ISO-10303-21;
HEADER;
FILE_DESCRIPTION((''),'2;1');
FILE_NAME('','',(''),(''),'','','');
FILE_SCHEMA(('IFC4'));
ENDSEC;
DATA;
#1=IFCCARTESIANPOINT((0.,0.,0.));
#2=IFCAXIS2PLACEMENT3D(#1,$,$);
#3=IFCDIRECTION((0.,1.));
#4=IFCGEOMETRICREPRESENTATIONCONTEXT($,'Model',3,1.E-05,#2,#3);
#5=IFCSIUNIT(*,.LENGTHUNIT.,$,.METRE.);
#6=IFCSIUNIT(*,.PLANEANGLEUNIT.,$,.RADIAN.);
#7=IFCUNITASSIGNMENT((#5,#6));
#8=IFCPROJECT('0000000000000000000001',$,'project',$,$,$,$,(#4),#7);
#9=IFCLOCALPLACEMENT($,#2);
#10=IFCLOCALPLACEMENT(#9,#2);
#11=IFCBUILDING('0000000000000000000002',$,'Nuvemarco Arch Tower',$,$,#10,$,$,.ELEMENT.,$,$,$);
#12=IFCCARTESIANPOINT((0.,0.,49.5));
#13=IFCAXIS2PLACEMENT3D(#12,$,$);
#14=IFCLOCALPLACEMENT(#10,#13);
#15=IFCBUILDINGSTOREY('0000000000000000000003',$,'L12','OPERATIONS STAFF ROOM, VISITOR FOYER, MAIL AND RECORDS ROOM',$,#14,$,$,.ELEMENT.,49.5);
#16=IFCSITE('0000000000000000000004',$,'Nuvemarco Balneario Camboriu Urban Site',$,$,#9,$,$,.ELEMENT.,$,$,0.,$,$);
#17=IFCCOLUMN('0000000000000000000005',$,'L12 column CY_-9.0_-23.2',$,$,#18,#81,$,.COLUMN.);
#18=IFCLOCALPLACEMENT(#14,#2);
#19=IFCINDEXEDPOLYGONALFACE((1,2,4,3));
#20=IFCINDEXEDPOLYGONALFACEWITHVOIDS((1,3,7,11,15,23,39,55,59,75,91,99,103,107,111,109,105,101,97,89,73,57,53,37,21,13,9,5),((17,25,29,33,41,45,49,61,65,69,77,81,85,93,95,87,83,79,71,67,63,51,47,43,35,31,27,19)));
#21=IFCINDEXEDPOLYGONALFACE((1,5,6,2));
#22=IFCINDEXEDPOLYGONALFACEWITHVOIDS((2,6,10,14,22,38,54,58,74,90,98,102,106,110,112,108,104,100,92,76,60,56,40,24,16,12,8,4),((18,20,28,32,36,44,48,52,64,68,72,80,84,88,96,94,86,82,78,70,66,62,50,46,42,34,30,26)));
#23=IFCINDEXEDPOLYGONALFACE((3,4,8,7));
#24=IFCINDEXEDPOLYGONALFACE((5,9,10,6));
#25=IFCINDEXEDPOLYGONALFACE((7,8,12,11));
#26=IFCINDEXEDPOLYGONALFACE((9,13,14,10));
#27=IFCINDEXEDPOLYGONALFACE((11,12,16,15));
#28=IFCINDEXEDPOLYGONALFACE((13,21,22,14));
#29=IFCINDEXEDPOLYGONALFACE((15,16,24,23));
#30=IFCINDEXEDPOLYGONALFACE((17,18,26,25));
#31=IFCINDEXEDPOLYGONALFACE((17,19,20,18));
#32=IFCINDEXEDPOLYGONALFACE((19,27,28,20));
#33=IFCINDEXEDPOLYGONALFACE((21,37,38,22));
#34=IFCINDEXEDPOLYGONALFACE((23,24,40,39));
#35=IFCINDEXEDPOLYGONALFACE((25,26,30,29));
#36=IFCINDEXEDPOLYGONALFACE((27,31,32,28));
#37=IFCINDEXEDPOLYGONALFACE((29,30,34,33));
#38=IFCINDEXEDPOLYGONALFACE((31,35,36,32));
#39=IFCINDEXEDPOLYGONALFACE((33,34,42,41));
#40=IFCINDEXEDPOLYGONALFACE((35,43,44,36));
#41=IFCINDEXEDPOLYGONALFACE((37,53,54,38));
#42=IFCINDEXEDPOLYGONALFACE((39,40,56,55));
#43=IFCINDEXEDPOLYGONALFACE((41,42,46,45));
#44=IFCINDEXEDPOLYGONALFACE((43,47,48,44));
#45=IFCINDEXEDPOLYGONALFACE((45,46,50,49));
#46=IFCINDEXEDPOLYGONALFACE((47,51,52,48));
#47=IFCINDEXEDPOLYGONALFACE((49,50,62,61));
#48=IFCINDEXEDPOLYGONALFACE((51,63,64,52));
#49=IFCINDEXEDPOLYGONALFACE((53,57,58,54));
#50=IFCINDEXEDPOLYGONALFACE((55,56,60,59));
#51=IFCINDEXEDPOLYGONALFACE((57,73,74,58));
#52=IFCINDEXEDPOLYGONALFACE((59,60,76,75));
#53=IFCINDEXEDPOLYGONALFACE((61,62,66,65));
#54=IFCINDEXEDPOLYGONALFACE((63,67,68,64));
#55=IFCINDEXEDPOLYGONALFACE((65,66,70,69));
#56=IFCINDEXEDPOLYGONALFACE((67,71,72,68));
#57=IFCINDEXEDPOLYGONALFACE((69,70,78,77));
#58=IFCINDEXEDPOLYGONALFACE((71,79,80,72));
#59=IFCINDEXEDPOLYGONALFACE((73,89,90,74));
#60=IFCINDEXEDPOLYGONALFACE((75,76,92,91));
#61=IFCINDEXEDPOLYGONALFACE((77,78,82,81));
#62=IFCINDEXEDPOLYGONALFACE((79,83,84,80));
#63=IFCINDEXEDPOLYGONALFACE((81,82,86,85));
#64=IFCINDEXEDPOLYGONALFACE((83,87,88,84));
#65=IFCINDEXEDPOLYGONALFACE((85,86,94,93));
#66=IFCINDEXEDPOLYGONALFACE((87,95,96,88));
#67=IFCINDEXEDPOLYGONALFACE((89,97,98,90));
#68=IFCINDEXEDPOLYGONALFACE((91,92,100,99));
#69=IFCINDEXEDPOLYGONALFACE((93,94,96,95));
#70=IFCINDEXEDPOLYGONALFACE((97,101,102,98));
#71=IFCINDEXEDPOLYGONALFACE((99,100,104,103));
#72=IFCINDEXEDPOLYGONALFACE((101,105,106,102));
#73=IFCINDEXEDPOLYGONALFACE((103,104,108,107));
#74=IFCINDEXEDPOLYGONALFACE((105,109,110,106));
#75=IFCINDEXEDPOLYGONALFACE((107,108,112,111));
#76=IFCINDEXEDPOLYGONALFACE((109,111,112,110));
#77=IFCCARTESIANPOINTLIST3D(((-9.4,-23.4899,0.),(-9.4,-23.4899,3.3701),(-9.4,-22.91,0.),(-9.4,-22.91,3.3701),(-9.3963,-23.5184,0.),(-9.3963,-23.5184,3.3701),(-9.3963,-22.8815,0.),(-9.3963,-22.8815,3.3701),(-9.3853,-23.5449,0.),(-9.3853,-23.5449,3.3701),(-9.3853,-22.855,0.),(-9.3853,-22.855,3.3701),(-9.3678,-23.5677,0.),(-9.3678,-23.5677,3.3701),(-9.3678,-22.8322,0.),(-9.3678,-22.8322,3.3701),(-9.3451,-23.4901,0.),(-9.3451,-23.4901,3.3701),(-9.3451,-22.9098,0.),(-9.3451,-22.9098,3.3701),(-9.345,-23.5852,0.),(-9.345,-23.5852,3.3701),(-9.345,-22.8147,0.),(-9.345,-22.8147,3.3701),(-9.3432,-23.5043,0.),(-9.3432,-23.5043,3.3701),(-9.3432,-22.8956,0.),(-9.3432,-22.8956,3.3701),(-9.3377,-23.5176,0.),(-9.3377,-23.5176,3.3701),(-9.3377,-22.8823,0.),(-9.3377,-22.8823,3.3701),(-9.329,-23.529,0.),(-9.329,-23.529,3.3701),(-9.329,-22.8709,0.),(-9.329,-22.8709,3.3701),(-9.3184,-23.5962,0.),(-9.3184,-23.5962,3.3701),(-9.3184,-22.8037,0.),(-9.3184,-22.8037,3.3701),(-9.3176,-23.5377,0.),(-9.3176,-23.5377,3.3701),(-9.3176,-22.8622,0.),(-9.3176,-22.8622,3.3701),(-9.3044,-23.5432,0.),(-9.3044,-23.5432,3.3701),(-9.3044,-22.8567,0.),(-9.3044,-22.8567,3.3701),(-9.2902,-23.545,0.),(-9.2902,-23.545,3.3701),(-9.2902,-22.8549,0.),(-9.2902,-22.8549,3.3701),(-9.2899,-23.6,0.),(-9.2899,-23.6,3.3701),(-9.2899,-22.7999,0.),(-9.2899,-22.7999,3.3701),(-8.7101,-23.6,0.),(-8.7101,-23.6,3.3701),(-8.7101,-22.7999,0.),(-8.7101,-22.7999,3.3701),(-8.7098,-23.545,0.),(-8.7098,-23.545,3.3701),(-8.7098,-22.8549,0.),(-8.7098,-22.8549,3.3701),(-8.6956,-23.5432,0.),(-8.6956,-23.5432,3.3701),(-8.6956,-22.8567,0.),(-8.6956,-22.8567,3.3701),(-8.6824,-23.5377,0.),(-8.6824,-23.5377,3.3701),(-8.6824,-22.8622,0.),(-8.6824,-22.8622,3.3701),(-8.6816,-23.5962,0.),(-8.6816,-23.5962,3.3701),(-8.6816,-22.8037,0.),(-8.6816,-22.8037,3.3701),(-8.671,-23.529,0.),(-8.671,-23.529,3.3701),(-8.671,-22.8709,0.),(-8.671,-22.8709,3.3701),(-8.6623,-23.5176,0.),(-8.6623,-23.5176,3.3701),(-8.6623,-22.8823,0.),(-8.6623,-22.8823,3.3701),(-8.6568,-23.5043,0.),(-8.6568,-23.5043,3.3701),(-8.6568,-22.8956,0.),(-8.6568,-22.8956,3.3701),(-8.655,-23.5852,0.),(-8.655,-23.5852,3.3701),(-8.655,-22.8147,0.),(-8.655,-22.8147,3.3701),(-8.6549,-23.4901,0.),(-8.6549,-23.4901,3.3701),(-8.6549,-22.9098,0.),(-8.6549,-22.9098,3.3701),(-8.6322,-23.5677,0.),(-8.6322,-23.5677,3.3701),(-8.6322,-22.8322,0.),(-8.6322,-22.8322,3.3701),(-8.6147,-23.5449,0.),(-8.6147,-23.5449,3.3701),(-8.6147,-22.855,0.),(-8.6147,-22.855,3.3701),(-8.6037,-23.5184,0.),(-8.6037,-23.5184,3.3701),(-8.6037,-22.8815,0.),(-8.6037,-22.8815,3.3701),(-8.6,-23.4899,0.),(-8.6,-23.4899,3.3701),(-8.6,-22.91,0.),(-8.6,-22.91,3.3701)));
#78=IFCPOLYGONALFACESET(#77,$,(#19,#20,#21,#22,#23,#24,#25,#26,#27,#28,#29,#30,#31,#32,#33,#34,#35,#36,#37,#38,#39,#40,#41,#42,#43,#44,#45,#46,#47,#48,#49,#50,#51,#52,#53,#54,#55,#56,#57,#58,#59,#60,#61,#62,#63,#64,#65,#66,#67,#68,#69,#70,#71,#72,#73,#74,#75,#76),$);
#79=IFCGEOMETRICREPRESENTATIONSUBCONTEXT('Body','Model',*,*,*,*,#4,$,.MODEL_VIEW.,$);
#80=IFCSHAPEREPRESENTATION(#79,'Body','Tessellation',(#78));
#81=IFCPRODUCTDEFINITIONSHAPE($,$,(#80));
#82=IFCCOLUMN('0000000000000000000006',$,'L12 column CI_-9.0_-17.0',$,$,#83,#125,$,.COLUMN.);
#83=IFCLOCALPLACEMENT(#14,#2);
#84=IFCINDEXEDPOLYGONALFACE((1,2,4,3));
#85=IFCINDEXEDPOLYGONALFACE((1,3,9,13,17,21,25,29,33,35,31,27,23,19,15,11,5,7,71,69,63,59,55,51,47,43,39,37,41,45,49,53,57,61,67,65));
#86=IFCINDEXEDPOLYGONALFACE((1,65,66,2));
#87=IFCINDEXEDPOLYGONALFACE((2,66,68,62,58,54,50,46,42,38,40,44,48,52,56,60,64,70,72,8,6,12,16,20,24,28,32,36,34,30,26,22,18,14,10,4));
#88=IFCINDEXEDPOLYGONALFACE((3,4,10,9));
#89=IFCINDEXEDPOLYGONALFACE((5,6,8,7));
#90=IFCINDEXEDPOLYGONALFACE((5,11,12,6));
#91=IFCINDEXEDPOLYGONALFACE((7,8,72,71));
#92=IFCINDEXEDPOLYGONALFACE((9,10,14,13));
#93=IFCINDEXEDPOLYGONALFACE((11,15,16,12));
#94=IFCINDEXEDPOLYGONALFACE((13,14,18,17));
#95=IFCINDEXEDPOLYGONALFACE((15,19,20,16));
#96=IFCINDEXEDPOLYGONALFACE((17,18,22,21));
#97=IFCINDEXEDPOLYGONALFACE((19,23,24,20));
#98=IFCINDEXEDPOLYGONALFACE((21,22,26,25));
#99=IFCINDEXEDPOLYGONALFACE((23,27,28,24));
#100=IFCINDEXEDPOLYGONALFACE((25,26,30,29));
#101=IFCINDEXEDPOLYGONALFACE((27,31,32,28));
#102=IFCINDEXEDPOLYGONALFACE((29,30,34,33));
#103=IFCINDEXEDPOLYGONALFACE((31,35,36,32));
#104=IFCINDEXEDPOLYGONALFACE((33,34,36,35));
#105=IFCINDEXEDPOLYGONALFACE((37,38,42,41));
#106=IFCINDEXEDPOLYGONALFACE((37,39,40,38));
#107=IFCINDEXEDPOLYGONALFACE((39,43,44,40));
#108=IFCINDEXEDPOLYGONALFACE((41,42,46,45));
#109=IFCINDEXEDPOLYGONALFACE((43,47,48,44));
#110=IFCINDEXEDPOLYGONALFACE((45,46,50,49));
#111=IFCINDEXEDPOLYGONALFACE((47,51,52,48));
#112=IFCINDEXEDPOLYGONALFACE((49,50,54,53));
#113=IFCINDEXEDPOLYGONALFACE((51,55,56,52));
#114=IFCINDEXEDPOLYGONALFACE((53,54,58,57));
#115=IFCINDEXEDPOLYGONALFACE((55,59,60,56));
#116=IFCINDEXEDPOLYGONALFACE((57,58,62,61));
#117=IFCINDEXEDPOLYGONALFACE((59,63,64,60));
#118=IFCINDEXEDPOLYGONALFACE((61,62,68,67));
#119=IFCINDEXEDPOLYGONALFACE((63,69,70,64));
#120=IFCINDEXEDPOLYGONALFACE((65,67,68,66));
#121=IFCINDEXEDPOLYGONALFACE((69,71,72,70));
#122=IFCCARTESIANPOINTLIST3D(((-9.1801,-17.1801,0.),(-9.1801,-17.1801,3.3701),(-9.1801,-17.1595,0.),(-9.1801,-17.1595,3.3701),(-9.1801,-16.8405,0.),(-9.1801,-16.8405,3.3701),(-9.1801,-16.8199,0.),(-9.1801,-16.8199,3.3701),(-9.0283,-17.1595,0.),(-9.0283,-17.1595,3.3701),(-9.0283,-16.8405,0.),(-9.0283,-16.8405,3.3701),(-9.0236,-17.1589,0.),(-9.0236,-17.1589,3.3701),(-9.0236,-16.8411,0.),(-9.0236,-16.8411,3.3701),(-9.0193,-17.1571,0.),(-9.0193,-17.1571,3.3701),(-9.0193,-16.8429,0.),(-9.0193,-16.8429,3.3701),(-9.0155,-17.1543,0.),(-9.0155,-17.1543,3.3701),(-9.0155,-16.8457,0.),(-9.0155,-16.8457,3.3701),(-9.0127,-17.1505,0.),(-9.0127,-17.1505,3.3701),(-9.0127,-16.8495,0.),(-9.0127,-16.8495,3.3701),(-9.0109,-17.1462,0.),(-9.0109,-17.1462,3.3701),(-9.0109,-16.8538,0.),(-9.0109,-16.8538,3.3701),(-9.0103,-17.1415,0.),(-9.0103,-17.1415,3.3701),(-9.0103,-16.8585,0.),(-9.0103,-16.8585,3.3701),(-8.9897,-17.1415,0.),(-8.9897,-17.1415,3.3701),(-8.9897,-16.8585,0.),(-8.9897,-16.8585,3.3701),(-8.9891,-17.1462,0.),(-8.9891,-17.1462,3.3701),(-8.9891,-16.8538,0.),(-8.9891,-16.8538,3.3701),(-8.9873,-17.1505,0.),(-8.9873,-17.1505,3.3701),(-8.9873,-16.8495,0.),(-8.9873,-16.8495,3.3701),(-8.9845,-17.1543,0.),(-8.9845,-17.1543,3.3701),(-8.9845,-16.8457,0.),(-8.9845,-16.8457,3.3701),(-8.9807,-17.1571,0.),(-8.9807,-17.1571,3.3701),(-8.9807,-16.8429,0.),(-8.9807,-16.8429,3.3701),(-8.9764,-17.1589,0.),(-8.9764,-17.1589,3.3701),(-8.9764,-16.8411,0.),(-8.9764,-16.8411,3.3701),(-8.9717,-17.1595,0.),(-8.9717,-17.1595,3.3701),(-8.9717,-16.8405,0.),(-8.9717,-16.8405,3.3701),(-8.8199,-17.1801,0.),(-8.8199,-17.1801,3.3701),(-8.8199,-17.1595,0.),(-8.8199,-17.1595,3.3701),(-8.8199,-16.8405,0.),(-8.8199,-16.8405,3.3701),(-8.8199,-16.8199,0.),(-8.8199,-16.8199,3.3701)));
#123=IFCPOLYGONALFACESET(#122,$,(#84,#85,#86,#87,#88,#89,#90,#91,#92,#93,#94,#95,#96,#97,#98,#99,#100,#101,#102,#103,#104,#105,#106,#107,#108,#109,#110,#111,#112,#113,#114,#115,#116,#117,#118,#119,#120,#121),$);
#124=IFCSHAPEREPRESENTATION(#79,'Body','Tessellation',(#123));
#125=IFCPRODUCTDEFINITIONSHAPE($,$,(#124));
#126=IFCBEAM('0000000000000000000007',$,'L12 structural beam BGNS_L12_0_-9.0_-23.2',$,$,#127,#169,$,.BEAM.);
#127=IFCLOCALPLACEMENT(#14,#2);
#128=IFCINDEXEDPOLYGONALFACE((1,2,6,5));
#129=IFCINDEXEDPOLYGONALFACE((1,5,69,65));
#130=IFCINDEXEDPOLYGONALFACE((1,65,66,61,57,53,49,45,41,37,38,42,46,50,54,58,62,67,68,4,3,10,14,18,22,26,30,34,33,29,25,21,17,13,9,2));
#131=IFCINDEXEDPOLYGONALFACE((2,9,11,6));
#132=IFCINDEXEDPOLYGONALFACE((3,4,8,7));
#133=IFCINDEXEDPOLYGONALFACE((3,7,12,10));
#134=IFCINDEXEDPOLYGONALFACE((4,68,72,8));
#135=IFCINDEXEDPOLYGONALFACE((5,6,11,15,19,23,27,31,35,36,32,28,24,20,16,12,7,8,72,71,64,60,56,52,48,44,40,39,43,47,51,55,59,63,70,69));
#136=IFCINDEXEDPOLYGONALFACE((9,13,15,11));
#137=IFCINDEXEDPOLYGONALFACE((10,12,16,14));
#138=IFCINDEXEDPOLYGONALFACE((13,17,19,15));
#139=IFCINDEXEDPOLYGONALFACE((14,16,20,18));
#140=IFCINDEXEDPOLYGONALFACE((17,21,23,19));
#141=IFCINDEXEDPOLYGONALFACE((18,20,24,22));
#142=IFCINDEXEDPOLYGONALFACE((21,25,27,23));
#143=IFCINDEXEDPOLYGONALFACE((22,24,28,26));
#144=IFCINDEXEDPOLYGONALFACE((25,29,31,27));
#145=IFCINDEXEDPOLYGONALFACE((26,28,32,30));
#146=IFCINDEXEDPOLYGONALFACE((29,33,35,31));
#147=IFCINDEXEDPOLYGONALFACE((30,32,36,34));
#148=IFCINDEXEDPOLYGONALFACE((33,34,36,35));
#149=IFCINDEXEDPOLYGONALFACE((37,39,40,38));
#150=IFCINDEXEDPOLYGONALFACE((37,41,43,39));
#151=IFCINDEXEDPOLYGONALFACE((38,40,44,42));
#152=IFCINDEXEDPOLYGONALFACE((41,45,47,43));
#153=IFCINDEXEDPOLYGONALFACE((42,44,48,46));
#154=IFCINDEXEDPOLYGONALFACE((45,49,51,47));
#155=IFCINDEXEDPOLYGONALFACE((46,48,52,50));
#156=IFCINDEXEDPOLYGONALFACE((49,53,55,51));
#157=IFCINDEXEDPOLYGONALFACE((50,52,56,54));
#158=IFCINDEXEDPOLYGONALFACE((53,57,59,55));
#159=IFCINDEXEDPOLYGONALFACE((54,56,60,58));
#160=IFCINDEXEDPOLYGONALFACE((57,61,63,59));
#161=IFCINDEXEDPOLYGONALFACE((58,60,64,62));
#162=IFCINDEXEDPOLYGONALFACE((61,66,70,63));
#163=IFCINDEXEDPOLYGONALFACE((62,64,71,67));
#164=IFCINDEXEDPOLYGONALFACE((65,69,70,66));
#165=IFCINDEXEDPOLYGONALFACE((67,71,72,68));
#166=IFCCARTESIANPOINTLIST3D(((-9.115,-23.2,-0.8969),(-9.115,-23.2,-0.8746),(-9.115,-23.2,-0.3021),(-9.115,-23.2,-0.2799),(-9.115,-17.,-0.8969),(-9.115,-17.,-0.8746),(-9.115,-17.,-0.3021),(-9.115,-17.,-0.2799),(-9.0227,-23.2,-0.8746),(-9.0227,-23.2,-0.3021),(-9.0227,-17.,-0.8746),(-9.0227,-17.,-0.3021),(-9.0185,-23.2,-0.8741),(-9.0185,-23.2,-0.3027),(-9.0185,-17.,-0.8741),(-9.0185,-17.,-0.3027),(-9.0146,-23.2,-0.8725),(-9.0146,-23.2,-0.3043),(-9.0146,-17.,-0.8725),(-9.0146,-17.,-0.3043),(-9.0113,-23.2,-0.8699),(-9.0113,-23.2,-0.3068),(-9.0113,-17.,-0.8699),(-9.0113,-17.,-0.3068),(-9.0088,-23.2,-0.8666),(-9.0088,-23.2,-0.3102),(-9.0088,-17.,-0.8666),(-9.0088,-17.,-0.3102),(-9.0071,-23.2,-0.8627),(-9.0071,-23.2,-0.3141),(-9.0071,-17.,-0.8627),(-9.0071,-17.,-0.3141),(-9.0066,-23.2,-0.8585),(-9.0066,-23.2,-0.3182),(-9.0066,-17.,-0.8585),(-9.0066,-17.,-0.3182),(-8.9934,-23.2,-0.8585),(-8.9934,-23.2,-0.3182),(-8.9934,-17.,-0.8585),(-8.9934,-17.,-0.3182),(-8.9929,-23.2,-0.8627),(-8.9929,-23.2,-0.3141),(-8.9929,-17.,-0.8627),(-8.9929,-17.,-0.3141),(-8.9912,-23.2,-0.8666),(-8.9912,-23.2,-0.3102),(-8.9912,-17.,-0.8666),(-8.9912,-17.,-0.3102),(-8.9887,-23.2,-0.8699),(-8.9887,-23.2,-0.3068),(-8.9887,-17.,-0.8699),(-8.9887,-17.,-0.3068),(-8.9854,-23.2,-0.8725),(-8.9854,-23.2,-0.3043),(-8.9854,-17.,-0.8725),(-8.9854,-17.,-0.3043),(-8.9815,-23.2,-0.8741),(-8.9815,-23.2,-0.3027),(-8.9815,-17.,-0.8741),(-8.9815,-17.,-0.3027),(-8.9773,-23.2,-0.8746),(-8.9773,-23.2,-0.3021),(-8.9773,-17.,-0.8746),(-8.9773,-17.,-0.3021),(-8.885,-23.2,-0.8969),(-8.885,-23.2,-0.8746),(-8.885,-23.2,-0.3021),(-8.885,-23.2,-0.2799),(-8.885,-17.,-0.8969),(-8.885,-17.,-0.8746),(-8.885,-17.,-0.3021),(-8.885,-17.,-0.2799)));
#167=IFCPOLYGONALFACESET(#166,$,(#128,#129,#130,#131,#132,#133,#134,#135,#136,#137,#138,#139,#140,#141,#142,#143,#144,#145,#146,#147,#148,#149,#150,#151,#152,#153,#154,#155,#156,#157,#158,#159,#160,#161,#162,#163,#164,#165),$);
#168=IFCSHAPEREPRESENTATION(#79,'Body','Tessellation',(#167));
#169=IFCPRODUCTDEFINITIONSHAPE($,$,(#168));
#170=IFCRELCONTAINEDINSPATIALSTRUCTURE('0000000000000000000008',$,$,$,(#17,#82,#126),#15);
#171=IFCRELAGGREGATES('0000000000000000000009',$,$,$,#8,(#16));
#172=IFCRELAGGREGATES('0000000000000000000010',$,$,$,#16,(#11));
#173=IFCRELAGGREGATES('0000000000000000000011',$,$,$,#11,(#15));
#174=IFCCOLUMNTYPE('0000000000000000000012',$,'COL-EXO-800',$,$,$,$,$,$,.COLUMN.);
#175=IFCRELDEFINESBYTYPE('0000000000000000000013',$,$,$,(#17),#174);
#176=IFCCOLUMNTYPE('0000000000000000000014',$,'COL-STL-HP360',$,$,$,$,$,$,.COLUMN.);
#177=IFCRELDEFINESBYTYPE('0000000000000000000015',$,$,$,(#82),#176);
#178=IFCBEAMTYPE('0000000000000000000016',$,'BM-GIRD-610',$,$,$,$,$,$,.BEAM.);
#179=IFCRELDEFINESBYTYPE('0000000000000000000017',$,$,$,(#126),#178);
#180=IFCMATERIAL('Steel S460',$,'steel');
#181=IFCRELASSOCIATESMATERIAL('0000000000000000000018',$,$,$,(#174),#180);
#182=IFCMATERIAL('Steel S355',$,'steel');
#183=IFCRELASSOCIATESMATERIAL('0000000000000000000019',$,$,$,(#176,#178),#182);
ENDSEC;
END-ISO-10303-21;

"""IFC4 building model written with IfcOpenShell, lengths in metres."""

from ifc_helpers import new_model, si_unit, direction, frame, origin, origin_2d, place, context, subcontext, project, spatial, hollow_rectangle, i_section, extrude, material, material_profile, profile_set, type_object, element, save


model = new_model("IFC4")

# Units and contexts
model_context = context("Model", 3, precision=1e-05, world=origin(), true_north=direction((0.0, 1.0)))
body_context = subcontext(model_context, "Body", "Model", "MODEL_VIEW")
ifc_project = project(units=[si_unit("LENGTHUNIT", "METRE"), si_unit("PLANEANGLEUNIT", "RADIAN")], contexts=[model_context])

# Site, building, storey
site_placement = place(None, origin())
site = spatial("IfcSite", under=ifc_project, at=site_placement, Name="Nuvemarco Balneario Camboriu Urban Site", CompositionType="ELEMENT", RefElevation=0.0)
building_placement = place(site_placement, origin())
building = spatial("IfcBuilding", under=site, at=building_placement, Name="Nuvemarco Arch Tower", CompositionType="ELEMENT")
storey_placement = place(building_placement, frame((0.0, 0.0, 49.5)))
storey = spatial("IfcBuildingStorey", under=building, at=storey_placement, Name="L12", Description="OPERATIONS STAFF ROOM, VISITOR FOYER, MAIL AND RECORDS ROOM", CompositionType="ELEMENT", Elevation=49.5)

# Columns
ifc_material_1 = material(Name="Steel S460", Category="steel")
ifc_material_profile_1 = material_profile(ifc_material_1, hollow_rectangle(XDim=0.8, YDim=0.8, WallThickness=0.0549, InnerFilletRadius=0.0549, OuterFilletRadius=0.1101, at=origin_2d()), Name="SHS800x800x55")
ifc_profile_set_1 = profile_set([ifc_material_profile_1], Name="Steel S460")
column_type_1 = type_object("IfcColumnType", Name="COL-EXO-800", PredefinedType="COLUMN", material=ifc_profile_set_1)
column_1_placement = place(storey_placement, frame((-9.0, -23.2, 0.0), z_axis=(0.0, 0.0, 1.0), x_axis=(1.0, 0.0, 0.0)))
element("IfcColumn", 1, at=column_1_placement, inside=storey, type_object=column_type_1, Name="L12 column CY_-9.0_-23.2", PredefinedType="COLUMN", context=body_context, shape_type="SweptSolid", body=[
    extrude(hollow_rectangle(XDim=0.8, YDim=0.8, WallThickness=0.0549, InnerFilletRadius=0.0549, OuterFilletRadius=0.1101, at=origin_2d()), origin(), (0.0, 0.0, 1.0), 3.3701),
])
ifc_material_2 = material(Name="Steel S355", Category="steel")
ifc_material_profile_2 = material_profile(ifc_material_2, i_section(OverallWidth=0.3601, OverallDepth=0.3601, WebThickness=0.0205, FlangeThickness=0.0205, FilletRadius=0.0181, at=origin_2d()), Name="HP360x174")
ifc_profile_set_2 = profile_set([ifc_material_profile_2], Name="Steel S355")
column_type_2 = type_object("IfcColumnType", Name="COL-STL-HP360", PredefinedType="COLUMN", material=ifc_profile_set_2)
column_2_placement = place(storey_placement, frame((-9.0, -17.0, 0.0), z_axis=(0.0, 0.0, 1.0), x_axis=(1.0, 0.0, 0.0)))
element("IfcColumn", 2, at=column_2_placement, inside=storey, type_object=column_type_2, Name="L12 column CI_-9.0_-17.0", PredefinedType="COLUMN", context=body_context, shape_type="SweptSolid", body=[
    extrude(i_section(OverallWidth=0.3601, OverallDepth=0.3601, WebThickness=0.0205, FlangeThickness=0.0205, FilletRadius=0.0181, at=origin_2d()), origin(), (0.0, 0.0, 1.0), 3.3701),
])

# Beam
ifc_material_profile_3 = material_profile(ifc_material_2, i_section(OverallWidth=0.23, OverallDepth=0.6169, WebThickness=0.0132, FlangeThickness=0.0222, FilletRadius=0.0161, at=origin_2d()), Name="W610x140")
ifc_profile_set_3 = profile_set([ifc_material_profile_3], Name="Steel S355")
beam_type_1 = type_object("IfcBeamType", Name="BM-GIRD-610", PredefinedType="BEAM", material=ifc_profile_set_3)
beam_1_placement = place(storey_placement, frame((-9.0, -23.2, -0.5884), z_axis=(0.0, 1.0, 0.0), x_axis=(-1.0, 0.0, 0.0)))
element("IfcBeam", 3, at=beam_1_placement, inside=storey, type_object=beam_type_1, Name="L12 structural beam BGNS_L12_0_-9.0_-23.2", PredefinedType="BEAM", context=body_context, shape_type="SweptSolid", body=[
    extrude(i_section(OverallWidth=0.23, OverallDepth=0.6169, WebThickness=0.0132, FlangeThickness=0.0222, FilletRadius=0.0161, at=origin_2d()), origin(), (0.0, 0.0, 1.0), 6.2),
])

save(model, "model.ifc")
